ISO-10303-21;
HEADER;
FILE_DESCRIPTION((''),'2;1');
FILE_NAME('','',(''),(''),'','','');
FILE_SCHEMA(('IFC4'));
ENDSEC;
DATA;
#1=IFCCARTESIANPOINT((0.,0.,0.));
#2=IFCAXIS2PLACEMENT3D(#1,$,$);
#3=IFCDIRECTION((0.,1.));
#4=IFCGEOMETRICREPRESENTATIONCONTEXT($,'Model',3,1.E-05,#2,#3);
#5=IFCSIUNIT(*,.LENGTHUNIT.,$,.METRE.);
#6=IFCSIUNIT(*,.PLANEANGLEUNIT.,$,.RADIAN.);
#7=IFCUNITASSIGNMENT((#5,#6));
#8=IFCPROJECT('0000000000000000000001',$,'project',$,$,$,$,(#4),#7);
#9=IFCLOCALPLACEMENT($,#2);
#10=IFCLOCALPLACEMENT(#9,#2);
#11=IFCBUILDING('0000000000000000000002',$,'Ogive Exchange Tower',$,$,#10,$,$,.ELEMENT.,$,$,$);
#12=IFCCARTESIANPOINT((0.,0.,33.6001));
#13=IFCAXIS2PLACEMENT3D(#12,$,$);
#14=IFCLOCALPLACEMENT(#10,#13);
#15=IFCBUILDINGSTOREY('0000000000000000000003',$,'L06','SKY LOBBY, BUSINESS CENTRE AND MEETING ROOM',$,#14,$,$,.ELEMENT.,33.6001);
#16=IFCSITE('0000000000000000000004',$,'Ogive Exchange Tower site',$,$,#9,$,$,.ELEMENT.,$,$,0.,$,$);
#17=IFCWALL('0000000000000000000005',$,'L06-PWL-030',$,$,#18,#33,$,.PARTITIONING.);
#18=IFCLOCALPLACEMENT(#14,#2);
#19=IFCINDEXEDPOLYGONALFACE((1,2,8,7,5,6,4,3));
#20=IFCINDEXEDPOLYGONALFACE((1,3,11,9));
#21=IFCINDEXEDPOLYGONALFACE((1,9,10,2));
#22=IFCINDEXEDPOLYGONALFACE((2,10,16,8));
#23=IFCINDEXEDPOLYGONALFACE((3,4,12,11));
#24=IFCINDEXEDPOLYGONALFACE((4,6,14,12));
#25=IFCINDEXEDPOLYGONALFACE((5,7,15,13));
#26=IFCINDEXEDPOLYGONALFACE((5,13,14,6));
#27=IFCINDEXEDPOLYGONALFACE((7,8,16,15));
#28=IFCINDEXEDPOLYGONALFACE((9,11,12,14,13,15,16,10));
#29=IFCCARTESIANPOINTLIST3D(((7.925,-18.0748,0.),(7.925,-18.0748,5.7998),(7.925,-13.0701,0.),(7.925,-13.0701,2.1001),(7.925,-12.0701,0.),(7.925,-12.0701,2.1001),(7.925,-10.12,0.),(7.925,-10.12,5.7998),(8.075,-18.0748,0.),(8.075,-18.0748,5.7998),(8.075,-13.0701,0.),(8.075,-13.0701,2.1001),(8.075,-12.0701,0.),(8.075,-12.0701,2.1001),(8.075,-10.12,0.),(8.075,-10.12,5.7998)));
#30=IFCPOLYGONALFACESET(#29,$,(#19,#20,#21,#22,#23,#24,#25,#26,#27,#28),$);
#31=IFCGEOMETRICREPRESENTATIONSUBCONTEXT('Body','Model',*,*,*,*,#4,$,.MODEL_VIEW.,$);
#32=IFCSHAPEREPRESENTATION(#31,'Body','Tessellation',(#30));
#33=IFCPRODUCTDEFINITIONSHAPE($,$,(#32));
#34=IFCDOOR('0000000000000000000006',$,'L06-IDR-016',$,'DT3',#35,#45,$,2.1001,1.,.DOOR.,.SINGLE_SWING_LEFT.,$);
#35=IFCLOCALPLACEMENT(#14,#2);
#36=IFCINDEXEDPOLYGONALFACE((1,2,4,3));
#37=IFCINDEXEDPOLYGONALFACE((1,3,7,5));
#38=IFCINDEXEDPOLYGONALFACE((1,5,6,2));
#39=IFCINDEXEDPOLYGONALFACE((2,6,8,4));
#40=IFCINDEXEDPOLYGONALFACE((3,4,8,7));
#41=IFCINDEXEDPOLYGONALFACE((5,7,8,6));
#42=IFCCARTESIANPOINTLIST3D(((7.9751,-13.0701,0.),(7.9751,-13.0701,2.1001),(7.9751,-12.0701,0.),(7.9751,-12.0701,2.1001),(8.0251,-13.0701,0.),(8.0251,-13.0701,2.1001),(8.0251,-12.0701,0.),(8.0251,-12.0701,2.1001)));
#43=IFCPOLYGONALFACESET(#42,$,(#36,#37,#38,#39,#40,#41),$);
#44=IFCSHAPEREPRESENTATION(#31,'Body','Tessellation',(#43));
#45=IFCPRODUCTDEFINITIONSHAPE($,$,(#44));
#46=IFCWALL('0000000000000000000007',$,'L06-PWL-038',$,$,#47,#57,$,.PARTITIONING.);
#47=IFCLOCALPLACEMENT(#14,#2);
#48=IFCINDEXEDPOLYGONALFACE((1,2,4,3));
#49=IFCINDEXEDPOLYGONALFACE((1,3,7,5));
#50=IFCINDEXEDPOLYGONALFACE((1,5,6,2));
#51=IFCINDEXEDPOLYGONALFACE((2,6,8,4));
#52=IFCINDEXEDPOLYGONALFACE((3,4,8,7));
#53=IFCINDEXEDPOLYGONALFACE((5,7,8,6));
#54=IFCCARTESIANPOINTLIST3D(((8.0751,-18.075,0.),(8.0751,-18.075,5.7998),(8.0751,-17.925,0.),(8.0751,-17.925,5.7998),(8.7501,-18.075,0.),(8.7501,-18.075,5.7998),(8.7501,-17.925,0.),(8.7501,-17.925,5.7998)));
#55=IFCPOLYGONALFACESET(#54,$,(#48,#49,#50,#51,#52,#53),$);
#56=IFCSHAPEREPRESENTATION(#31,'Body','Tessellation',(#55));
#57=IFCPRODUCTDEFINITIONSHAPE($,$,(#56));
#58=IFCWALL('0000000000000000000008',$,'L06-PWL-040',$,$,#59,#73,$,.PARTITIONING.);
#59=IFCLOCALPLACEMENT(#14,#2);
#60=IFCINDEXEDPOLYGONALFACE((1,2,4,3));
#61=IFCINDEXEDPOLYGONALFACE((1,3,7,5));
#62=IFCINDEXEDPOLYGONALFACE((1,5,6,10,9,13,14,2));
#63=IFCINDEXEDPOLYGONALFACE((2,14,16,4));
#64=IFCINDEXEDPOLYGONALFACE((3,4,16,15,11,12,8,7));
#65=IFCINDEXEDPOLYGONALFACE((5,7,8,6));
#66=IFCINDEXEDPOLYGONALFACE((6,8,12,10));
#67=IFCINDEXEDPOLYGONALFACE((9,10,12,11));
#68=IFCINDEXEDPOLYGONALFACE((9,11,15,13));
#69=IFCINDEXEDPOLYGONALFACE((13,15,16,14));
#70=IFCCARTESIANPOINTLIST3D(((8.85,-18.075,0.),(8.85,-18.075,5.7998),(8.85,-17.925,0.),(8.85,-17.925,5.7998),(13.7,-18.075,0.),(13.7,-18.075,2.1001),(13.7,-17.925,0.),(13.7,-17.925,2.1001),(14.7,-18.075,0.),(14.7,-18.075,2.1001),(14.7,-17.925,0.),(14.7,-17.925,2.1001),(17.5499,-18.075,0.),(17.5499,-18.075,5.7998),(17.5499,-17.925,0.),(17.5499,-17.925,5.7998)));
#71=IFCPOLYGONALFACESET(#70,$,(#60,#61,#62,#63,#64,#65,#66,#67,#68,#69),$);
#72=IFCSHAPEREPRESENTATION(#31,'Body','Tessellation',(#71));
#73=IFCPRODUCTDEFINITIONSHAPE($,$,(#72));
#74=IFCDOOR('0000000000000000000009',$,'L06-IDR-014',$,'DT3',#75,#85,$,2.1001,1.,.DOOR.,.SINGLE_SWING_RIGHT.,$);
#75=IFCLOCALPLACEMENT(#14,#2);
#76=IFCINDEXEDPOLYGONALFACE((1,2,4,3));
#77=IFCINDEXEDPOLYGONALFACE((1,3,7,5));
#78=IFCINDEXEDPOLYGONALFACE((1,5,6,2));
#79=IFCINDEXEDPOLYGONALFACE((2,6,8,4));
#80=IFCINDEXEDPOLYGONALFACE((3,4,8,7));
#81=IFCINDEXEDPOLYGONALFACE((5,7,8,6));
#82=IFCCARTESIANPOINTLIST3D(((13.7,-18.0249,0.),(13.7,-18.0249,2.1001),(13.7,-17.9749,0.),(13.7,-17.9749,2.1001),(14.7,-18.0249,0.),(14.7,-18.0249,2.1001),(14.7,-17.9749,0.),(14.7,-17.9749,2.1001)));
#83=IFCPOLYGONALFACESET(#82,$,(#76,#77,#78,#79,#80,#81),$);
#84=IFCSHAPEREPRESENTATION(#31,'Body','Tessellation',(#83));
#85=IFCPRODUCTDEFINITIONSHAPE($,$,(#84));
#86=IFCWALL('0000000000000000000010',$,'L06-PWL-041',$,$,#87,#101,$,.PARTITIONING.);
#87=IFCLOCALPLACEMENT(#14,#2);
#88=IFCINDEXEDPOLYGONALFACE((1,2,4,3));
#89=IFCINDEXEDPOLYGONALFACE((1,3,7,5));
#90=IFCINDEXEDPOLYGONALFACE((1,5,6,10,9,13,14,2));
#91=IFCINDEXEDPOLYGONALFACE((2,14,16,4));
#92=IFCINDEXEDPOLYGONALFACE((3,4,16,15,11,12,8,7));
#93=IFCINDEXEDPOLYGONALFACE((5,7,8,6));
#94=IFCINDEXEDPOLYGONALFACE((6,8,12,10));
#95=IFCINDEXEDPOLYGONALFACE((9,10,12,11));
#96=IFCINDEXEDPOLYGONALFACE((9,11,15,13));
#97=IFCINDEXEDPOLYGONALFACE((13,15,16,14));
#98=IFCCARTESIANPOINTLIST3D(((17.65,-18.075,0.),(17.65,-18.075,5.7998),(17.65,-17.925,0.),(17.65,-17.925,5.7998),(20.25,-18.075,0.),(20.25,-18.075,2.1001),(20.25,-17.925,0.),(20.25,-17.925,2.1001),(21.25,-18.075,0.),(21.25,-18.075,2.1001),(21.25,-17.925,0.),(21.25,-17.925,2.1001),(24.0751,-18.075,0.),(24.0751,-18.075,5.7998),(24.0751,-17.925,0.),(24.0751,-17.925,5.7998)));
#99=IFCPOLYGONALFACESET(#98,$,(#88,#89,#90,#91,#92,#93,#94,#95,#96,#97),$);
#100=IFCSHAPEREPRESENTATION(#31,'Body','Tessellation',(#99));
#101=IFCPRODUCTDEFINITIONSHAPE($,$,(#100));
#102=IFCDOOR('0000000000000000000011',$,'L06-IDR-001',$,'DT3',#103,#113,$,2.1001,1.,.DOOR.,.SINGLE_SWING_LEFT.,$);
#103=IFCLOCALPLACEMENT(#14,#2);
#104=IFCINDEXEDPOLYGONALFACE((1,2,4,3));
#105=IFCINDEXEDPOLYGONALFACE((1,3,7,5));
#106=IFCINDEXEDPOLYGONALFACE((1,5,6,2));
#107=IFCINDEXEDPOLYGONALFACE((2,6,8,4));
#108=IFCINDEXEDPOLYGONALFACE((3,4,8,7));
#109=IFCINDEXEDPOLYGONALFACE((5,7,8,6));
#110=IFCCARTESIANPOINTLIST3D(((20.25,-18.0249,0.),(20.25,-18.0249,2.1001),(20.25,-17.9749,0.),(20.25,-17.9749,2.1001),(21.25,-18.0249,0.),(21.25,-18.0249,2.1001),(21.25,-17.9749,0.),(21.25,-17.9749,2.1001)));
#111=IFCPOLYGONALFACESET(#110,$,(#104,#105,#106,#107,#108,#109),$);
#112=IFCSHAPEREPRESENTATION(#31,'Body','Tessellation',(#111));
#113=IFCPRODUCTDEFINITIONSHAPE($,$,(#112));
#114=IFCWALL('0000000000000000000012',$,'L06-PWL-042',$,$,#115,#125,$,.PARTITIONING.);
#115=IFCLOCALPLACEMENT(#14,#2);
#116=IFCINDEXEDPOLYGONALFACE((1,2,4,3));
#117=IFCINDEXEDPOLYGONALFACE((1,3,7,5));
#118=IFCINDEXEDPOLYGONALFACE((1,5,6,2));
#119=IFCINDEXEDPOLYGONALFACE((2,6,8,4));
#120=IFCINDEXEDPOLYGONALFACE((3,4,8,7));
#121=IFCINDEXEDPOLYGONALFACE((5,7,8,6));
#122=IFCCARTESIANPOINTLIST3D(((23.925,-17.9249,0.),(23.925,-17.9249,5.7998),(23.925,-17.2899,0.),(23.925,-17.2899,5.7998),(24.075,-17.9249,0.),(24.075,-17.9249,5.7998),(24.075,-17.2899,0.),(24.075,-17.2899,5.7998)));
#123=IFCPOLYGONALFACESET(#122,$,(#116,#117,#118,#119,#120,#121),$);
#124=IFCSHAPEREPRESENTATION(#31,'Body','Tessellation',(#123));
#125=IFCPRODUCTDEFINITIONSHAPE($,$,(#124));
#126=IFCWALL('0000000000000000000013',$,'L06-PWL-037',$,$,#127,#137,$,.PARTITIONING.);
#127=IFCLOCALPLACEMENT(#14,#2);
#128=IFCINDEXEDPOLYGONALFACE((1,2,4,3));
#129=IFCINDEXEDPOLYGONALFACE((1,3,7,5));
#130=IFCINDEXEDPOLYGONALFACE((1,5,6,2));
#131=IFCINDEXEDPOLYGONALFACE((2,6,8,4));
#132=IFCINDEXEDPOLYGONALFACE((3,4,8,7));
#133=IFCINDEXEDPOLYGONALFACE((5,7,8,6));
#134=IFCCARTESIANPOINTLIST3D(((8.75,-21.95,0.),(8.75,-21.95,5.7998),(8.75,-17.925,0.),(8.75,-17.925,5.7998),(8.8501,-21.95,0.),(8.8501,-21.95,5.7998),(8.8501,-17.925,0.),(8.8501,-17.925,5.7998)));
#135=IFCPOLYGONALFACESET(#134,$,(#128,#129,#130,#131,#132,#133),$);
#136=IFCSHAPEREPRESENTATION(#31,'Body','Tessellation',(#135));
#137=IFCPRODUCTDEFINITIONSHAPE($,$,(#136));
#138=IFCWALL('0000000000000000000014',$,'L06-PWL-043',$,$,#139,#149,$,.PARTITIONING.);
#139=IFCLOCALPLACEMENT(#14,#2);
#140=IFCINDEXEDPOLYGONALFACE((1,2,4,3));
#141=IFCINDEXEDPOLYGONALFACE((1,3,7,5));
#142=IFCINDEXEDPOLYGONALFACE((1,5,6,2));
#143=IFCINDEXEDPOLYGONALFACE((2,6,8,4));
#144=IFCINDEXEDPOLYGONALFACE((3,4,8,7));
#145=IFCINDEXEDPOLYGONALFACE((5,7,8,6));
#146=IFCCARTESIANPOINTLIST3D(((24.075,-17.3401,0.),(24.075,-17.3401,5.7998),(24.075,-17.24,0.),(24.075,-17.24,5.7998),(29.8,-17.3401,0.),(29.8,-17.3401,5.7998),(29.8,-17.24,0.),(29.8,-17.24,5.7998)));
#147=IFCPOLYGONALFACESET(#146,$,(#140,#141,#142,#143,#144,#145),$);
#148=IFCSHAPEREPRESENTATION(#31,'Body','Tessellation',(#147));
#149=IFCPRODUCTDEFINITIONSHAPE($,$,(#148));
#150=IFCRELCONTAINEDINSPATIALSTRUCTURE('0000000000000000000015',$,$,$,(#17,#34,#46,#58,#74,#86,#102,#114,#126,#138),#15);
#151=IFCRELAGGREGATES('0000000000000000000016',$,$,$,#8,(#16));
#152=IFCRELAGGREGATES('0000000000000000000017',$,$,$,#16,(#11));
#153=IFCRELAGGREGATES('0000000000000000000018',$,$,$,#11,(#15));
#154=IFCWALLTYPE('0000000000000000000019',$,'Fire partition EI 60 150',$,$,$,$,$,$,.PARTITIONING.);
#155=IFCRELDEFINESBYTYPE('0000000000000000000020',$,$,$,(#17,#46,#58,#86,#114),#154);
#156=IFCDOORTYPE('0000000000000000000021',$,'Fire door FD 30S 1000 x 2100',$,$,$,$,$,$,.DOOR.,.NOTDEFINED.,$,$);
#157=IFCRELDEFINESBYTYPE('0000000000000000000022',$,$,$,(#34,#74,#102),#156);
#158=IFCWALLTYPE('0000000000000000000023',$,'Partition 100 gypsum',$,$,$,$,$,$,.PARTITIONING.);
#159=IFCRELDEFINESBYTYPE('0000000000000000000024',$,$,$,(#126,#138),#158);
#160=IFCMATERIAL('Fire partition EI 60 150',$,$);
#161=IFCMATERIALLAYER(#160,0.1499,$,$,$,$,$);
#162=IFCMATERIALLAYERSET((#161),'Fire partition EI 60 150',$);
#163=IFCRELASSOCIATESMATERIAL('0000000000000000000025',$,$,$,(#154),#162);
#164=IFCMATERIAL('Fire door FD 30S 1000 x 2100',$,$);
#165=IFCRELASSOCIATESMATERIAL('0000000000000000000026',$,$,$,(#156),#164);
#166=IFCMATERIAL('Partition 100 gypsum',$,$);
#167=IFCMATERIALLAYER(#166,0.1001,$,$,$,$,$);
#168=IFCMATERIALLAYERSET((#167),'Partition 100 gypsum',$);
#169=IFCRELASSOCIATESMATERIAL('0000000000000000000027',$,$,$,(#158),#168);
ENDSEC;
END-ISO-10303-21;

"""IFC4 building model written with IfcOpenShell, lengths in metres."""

from ifc_helpers import new_model, si_unit, direction, frame, frame_2d, origin, place, context, subcontext, project, spatial, rectangle, extrude, material, layer, layer_set, type_object, element, fill, save


model = new_model("IFC4")

# Units and contexts
model_context = context("Model", 3, precision=1e-05, world=origin(), true_north=direction((0.0, 1.0)))
body_context = subcontext(model_context, "Body", "Model", "MODEL_VIEW")
ifc_project = project(units=[si_unit("LENGTHUNIT", "METRE"), si_unit("PLANEANGLEUNIT", "RADIAN")], contexts=[model_context])

# Site, building, storey
site_placement = place(None, origin())
site = spatial("IfcSite", under=ifc_project, at=site_placement, Name="Ogive Exchange Tower site", CompositionType="ELEMENT", RefElevation=0.0)
building_placement = place(site_placement, origin())
building = spatial("IfcBuilding", under=site, at=building_placement, Name="Ogive Exchange Tower", CompositionType="ELEMENT")
storey_placement = place(building_placement, frame((0.0, 0.0, 33.6001)))
storey = spatial("IfcBuildingStorey", under=building, at=storey_placement, Name="L06", Description="SKY LOBBY, BUSINESS CENTRE AND MEETING ROOM", CompositionType="ELEMENT", Elevation=33.6001)

# Wall, opening, door
ifc_material_1 = material(Name="Fire partition EI 60 150")
ifc_layer_1 = layer(ifc_material_1, 0.1499)
ifc_layer_set_1 = layer_set([ifc_layer_1], Name="Fire partition EI 60 150")
wall_type_1 = type_object("IfcWallType", Name="Fire partition EI 60 150", PredefinedType="PARTITIONING", material=ifc_layer_set_1)
wall_1_placement = place(storey_placement, frame((8.0, -18.075, 0.0), z_axis=(0.0, 0.0, 1.0), x_axis=(0.0, 1.0, 0.0)))
wall_1 = element("IfcWall", 1, at=wall_1_placement, inside=storey, type_object=wall_type_1, Name="L06-PWL-030", PredefinedType="PARTITIONING", context=body_context, shape_type="SweptSolid", body=[
    extrude(rectangle(XDim=7.9548, YDim=0.1499, at=frame_2d((3.9775, 0.0))), origin(), (0.0, 0.0, 1.0), 5.7998),
])
opening_1_placement = place(wall_1_placement, frame((5.0049, 0.0, 0.0)))
opening_1 = element("IfcOpeningElement", 2, at=opening_1_placement, cuts=wall_1, PredefinedType="OPENING", context=body_context, shape_type="SweptSolid", body=[
    extrude(rectangle(XDim=1.0, YDim=2.1001, at=frame_2d((0.5, 1.05))), frame((0.0, 0.085, 0.0), z_axis=(0.0, -1.0, 0.0), x_axis=(1.0, 0.0, 0.0)), (0.0, 0.0, 1.0), 0.1699),
])
ifc_material_2 = material(Name="Fire door FD 30S 1000 x 2100")
door_type_1 = type_object("IfcDoorType", Name="Fire door FD 30S 1000 x 2100", OperationType="NOTDEFINED", PredefinedType="DOOR", material=ifc_material_2)
door_1_placement = place(opening_1_placement, origin())
door_1 = element("IfcDoor", 3, at=door_1_placement, inside=storey, type_object=door_type_1, Name="L06-IDR-016", ObjectType="DT3", OperationType="SINGLE_SWING_LEFT", OverallHeight=2.1001, OverallWidth=1.0, PredefinedType="DOOR", context=body_context, shape_type="SweptSolid", body=[
    extrude(rectangle(XDim=1.0, YDim=2.1001, at=frame_2d((0.5, 1.05))), frame((0.0, 0.0249, 0.0), z_axis=(0.0, -1.0, 0.0), x_axis=(1.0, 0.0, 0.0)), (0.0, 0.0, 1.0), 0.05),
])
fill(opening_1, door_1)

# Wall
wall_2_placement = place(storey_placement, frame((8.75, -18.0, 0.0), z_axis=(0.0, 0.0, 1.0), x_axis=(-1.0, 0.0, 0.0)))
element("IfcWall", 4, at=wall_2_placement, inside=storey, type_object=wall_type_1, Name="L06-PWL-038", PredefinedType="PARTITIONING", context=body_context, shape_type="SweptSolid", body=[
    extrude(rectangle(XDim=0.675, YDim=0.1499, at=frame_2d((0.3374, 0.0))), origin(), (0.0, 0.0, 1.0), 5.7998),
])

# Walls, openings, doors
wall_3_placement = place(storey_placement, frame((17.55, -18.0, 0.0), z_axis=(0.0, 0.0, 1.0), x_axis=(-1.0, 0.0, 0.0)))
wall_3 = element("IfcWall", 5, at=wall_3_placement, inside=storey, type_object=wall_type_1, Name="L06-PWL-040", PredefinedType="PARTITIONING", context=body_context, shape_type="SweptSolid", body=[
    extrude(rectangle(XDim=8.7, YDim=0.1499, at=frame_2d((4.3501, 0.0))), origin(), (0.0, 0.0, 1.0), 5.7998),
])
opening_2_placement = place(wall_3_placement, frame((2.8501, 0.0, 0.0)))
opening_2 = element("IfcOpeningElement", 6, at=opening_2_placement, cuts=wall_3, PredefinedType="OPENING", context=body_context, shape_type="SweptSolid", body=[
    extrude(rectangle(XDim=1.0, YDim=2.1001, at=frame_2d((0.5, 1.05))), frame((0.0, 0.085, 0.0), z_axis=(0.0, -1.0, 0.0), x_axis=(1.0, 0.0, 0.0)), (0.0, 0.0, 1.0), 0.1699),
])
door_2_placement = place(opening_2_placement, origin())
door_2 = element("IfcDoor", 7, at=door_2_placement, inside=storey, type_object=door_type_1, Name="L06-IDR-014", ObjectType="DT3", OperationType="SINGLE_SWING_RIGHT", OverallHeight=2.1001, OverallWidth=1.0, PredefinedType="DOOR", context=body_context, shape_type="SweptSolid", body=[
    extrude(rectangle(XDim=1.0, YDim=2.1001, at=frame_2d((0.5, 1.05))), frame((0.0, 0.0249, 0.0), z_axis=(0.0, -1.0, 0.0), x_axis=(1.0, 0.0, 0.0)), (0.0, 0.0, 1.0), 0.05),
])
fill(opening_2, door_2)
wall_4_placement = place(storey_placement, frame((24.075, -18.0, 0.0), z_axis=(0.0, 0.0, 1.0), x_axis=(-1.0, 0.0, 0.0)))
wall_4 = element("IfcWall", 8, at=wall_4_placement, inside=storey, type_object=wall_type_1, Name="L06-PWL-041", PredefinedType="PARTITIONING", context=body_context, shape_type="SweptSolid", body=[
    extrude(rectangle(XDim=6.425, YDim=0.1499, at=frame_2d((3.2124, 0.0))), origin(), (0.0, 0.0, 1.0), 5.7998),
])
opening_3_placement = place(wall_4_placement, frame((2.825, 0.0, 0.0)))
opening_3 = element("IfcOpeningElement", 9, at=opening_3_placement, cuts=wall_4, PredefinedType="OPENING", context=body_context, shape_type="SweptSolid", body=[
    extrude(rectangle(XDim=1.0, YDim=2.1001, at=frame_2d((0.5, 1.05))), frame((0.0, 0.085, 0.0), z_axis=(0.0, -1.0, 0.0), x_axis=(1.0, 0.0, 0.0)), (0.0, 0.0, 1.0), 0.1699),
])
door_3_placement = place(opening_3_placement, origin())
door_3 = element("IfcDoor", 10, at=door_3_placement, inside=storey, type_object=door_type_1, Name="L06-IDR-001", ObjectType="DT3", OperationType="SINGLE_SWING_LEFT", OverallHeight=2.1001, OverallWidth=1.0, PredefinedType="DOOR", context=body_context, shape_type="SweptSolid", body=[
    extrude(rectangle(XDim=1.0, YDim=2.1001, at=frame_2d((0.5, 1.05))), frame((0.0, 0.0249, 0.0), z_axis=(0.0, -1.0, 0.0), x_axis=(1.0, 0.0, 0.0)), (0.0, 0.0, 1.0), 0.05),
])
fill(opening_3, door_3)

# Walls
wall_5_placement = place(storey_placement, frame((24.0, -17.29, 0.0), z_axis=(0.0, 0.0, 1.0), x_axis=(0.0, -1.0, 0.0)))
element("IfcWall", 11, at=wall_5_placement, inside=storey, type_object=wall_type_1, Name="L06-PWL-042", PredefinedType="PARTITIONING", context=body_context, shape_type="SweptSolid", body=[
    extrude(rectangle(XDim=0.635, YDim=0.1499, at=frame_2d((0.3174, 0.0))), origin(), (0.0, 0.0, 1.0), 5.7998),
])
ifc_material_3 = material(Name="Partition 100 gypsum")
ifc_layer_2 = layer(ifc_material_3, 0.1001)
ifc_layer_set_2 = layer_set([ifc_layer_2], Name="Partition 100 gypsum")
wall_type_2 = type_object("IfcWallType", Name="Partition 100 gypsum", PredefinedType="PARTITIONING", material=ifc_layer_set_2)
wall_6_placement = place(storey_placement, frame((8.8, -21.95, 0.0), z_axis=(0.0, 0.0, 1.0), x_axis=(0.0, 1.0, 0.0)))
element("IfcWall", 12, at=wall_6_placement, inside=storey, type_object=wall_type_2, Name="L06-PWL-037", PredefinedType="PARTITIONING", context=body_context, shape_type="SweptSolid", body=[
    extrude(rectangle(XDim=4.0249, YDim=0.1001, at=frame_2d((2.0125, 0.0))), origin(), (0.0, 0.0, 1.0), 5.7998),
])
wall_7_placement = place(storey_placement, frame((24.075, -17.29, 0.0), z_axis=(0.0, 0.0, 1.0), x_axis=(1.0, 0.0, 0.0)))
element("IfcWall", 13, at=wall_7_placement, inside=storey, type_object=wall_type_2, Name="L06-PWL-043", PredefinedType="PARTITIONING", context=body_context, shape_type="SweptSolid", body=[
    extrude(rectangle(XDim=5.7251, YDim=0.1001, at=frame_2d((2.8625, 0.0))), origin(), (0.0, 0.0, 1.0), 5.7998),
])

save(model, "model.ifc")
